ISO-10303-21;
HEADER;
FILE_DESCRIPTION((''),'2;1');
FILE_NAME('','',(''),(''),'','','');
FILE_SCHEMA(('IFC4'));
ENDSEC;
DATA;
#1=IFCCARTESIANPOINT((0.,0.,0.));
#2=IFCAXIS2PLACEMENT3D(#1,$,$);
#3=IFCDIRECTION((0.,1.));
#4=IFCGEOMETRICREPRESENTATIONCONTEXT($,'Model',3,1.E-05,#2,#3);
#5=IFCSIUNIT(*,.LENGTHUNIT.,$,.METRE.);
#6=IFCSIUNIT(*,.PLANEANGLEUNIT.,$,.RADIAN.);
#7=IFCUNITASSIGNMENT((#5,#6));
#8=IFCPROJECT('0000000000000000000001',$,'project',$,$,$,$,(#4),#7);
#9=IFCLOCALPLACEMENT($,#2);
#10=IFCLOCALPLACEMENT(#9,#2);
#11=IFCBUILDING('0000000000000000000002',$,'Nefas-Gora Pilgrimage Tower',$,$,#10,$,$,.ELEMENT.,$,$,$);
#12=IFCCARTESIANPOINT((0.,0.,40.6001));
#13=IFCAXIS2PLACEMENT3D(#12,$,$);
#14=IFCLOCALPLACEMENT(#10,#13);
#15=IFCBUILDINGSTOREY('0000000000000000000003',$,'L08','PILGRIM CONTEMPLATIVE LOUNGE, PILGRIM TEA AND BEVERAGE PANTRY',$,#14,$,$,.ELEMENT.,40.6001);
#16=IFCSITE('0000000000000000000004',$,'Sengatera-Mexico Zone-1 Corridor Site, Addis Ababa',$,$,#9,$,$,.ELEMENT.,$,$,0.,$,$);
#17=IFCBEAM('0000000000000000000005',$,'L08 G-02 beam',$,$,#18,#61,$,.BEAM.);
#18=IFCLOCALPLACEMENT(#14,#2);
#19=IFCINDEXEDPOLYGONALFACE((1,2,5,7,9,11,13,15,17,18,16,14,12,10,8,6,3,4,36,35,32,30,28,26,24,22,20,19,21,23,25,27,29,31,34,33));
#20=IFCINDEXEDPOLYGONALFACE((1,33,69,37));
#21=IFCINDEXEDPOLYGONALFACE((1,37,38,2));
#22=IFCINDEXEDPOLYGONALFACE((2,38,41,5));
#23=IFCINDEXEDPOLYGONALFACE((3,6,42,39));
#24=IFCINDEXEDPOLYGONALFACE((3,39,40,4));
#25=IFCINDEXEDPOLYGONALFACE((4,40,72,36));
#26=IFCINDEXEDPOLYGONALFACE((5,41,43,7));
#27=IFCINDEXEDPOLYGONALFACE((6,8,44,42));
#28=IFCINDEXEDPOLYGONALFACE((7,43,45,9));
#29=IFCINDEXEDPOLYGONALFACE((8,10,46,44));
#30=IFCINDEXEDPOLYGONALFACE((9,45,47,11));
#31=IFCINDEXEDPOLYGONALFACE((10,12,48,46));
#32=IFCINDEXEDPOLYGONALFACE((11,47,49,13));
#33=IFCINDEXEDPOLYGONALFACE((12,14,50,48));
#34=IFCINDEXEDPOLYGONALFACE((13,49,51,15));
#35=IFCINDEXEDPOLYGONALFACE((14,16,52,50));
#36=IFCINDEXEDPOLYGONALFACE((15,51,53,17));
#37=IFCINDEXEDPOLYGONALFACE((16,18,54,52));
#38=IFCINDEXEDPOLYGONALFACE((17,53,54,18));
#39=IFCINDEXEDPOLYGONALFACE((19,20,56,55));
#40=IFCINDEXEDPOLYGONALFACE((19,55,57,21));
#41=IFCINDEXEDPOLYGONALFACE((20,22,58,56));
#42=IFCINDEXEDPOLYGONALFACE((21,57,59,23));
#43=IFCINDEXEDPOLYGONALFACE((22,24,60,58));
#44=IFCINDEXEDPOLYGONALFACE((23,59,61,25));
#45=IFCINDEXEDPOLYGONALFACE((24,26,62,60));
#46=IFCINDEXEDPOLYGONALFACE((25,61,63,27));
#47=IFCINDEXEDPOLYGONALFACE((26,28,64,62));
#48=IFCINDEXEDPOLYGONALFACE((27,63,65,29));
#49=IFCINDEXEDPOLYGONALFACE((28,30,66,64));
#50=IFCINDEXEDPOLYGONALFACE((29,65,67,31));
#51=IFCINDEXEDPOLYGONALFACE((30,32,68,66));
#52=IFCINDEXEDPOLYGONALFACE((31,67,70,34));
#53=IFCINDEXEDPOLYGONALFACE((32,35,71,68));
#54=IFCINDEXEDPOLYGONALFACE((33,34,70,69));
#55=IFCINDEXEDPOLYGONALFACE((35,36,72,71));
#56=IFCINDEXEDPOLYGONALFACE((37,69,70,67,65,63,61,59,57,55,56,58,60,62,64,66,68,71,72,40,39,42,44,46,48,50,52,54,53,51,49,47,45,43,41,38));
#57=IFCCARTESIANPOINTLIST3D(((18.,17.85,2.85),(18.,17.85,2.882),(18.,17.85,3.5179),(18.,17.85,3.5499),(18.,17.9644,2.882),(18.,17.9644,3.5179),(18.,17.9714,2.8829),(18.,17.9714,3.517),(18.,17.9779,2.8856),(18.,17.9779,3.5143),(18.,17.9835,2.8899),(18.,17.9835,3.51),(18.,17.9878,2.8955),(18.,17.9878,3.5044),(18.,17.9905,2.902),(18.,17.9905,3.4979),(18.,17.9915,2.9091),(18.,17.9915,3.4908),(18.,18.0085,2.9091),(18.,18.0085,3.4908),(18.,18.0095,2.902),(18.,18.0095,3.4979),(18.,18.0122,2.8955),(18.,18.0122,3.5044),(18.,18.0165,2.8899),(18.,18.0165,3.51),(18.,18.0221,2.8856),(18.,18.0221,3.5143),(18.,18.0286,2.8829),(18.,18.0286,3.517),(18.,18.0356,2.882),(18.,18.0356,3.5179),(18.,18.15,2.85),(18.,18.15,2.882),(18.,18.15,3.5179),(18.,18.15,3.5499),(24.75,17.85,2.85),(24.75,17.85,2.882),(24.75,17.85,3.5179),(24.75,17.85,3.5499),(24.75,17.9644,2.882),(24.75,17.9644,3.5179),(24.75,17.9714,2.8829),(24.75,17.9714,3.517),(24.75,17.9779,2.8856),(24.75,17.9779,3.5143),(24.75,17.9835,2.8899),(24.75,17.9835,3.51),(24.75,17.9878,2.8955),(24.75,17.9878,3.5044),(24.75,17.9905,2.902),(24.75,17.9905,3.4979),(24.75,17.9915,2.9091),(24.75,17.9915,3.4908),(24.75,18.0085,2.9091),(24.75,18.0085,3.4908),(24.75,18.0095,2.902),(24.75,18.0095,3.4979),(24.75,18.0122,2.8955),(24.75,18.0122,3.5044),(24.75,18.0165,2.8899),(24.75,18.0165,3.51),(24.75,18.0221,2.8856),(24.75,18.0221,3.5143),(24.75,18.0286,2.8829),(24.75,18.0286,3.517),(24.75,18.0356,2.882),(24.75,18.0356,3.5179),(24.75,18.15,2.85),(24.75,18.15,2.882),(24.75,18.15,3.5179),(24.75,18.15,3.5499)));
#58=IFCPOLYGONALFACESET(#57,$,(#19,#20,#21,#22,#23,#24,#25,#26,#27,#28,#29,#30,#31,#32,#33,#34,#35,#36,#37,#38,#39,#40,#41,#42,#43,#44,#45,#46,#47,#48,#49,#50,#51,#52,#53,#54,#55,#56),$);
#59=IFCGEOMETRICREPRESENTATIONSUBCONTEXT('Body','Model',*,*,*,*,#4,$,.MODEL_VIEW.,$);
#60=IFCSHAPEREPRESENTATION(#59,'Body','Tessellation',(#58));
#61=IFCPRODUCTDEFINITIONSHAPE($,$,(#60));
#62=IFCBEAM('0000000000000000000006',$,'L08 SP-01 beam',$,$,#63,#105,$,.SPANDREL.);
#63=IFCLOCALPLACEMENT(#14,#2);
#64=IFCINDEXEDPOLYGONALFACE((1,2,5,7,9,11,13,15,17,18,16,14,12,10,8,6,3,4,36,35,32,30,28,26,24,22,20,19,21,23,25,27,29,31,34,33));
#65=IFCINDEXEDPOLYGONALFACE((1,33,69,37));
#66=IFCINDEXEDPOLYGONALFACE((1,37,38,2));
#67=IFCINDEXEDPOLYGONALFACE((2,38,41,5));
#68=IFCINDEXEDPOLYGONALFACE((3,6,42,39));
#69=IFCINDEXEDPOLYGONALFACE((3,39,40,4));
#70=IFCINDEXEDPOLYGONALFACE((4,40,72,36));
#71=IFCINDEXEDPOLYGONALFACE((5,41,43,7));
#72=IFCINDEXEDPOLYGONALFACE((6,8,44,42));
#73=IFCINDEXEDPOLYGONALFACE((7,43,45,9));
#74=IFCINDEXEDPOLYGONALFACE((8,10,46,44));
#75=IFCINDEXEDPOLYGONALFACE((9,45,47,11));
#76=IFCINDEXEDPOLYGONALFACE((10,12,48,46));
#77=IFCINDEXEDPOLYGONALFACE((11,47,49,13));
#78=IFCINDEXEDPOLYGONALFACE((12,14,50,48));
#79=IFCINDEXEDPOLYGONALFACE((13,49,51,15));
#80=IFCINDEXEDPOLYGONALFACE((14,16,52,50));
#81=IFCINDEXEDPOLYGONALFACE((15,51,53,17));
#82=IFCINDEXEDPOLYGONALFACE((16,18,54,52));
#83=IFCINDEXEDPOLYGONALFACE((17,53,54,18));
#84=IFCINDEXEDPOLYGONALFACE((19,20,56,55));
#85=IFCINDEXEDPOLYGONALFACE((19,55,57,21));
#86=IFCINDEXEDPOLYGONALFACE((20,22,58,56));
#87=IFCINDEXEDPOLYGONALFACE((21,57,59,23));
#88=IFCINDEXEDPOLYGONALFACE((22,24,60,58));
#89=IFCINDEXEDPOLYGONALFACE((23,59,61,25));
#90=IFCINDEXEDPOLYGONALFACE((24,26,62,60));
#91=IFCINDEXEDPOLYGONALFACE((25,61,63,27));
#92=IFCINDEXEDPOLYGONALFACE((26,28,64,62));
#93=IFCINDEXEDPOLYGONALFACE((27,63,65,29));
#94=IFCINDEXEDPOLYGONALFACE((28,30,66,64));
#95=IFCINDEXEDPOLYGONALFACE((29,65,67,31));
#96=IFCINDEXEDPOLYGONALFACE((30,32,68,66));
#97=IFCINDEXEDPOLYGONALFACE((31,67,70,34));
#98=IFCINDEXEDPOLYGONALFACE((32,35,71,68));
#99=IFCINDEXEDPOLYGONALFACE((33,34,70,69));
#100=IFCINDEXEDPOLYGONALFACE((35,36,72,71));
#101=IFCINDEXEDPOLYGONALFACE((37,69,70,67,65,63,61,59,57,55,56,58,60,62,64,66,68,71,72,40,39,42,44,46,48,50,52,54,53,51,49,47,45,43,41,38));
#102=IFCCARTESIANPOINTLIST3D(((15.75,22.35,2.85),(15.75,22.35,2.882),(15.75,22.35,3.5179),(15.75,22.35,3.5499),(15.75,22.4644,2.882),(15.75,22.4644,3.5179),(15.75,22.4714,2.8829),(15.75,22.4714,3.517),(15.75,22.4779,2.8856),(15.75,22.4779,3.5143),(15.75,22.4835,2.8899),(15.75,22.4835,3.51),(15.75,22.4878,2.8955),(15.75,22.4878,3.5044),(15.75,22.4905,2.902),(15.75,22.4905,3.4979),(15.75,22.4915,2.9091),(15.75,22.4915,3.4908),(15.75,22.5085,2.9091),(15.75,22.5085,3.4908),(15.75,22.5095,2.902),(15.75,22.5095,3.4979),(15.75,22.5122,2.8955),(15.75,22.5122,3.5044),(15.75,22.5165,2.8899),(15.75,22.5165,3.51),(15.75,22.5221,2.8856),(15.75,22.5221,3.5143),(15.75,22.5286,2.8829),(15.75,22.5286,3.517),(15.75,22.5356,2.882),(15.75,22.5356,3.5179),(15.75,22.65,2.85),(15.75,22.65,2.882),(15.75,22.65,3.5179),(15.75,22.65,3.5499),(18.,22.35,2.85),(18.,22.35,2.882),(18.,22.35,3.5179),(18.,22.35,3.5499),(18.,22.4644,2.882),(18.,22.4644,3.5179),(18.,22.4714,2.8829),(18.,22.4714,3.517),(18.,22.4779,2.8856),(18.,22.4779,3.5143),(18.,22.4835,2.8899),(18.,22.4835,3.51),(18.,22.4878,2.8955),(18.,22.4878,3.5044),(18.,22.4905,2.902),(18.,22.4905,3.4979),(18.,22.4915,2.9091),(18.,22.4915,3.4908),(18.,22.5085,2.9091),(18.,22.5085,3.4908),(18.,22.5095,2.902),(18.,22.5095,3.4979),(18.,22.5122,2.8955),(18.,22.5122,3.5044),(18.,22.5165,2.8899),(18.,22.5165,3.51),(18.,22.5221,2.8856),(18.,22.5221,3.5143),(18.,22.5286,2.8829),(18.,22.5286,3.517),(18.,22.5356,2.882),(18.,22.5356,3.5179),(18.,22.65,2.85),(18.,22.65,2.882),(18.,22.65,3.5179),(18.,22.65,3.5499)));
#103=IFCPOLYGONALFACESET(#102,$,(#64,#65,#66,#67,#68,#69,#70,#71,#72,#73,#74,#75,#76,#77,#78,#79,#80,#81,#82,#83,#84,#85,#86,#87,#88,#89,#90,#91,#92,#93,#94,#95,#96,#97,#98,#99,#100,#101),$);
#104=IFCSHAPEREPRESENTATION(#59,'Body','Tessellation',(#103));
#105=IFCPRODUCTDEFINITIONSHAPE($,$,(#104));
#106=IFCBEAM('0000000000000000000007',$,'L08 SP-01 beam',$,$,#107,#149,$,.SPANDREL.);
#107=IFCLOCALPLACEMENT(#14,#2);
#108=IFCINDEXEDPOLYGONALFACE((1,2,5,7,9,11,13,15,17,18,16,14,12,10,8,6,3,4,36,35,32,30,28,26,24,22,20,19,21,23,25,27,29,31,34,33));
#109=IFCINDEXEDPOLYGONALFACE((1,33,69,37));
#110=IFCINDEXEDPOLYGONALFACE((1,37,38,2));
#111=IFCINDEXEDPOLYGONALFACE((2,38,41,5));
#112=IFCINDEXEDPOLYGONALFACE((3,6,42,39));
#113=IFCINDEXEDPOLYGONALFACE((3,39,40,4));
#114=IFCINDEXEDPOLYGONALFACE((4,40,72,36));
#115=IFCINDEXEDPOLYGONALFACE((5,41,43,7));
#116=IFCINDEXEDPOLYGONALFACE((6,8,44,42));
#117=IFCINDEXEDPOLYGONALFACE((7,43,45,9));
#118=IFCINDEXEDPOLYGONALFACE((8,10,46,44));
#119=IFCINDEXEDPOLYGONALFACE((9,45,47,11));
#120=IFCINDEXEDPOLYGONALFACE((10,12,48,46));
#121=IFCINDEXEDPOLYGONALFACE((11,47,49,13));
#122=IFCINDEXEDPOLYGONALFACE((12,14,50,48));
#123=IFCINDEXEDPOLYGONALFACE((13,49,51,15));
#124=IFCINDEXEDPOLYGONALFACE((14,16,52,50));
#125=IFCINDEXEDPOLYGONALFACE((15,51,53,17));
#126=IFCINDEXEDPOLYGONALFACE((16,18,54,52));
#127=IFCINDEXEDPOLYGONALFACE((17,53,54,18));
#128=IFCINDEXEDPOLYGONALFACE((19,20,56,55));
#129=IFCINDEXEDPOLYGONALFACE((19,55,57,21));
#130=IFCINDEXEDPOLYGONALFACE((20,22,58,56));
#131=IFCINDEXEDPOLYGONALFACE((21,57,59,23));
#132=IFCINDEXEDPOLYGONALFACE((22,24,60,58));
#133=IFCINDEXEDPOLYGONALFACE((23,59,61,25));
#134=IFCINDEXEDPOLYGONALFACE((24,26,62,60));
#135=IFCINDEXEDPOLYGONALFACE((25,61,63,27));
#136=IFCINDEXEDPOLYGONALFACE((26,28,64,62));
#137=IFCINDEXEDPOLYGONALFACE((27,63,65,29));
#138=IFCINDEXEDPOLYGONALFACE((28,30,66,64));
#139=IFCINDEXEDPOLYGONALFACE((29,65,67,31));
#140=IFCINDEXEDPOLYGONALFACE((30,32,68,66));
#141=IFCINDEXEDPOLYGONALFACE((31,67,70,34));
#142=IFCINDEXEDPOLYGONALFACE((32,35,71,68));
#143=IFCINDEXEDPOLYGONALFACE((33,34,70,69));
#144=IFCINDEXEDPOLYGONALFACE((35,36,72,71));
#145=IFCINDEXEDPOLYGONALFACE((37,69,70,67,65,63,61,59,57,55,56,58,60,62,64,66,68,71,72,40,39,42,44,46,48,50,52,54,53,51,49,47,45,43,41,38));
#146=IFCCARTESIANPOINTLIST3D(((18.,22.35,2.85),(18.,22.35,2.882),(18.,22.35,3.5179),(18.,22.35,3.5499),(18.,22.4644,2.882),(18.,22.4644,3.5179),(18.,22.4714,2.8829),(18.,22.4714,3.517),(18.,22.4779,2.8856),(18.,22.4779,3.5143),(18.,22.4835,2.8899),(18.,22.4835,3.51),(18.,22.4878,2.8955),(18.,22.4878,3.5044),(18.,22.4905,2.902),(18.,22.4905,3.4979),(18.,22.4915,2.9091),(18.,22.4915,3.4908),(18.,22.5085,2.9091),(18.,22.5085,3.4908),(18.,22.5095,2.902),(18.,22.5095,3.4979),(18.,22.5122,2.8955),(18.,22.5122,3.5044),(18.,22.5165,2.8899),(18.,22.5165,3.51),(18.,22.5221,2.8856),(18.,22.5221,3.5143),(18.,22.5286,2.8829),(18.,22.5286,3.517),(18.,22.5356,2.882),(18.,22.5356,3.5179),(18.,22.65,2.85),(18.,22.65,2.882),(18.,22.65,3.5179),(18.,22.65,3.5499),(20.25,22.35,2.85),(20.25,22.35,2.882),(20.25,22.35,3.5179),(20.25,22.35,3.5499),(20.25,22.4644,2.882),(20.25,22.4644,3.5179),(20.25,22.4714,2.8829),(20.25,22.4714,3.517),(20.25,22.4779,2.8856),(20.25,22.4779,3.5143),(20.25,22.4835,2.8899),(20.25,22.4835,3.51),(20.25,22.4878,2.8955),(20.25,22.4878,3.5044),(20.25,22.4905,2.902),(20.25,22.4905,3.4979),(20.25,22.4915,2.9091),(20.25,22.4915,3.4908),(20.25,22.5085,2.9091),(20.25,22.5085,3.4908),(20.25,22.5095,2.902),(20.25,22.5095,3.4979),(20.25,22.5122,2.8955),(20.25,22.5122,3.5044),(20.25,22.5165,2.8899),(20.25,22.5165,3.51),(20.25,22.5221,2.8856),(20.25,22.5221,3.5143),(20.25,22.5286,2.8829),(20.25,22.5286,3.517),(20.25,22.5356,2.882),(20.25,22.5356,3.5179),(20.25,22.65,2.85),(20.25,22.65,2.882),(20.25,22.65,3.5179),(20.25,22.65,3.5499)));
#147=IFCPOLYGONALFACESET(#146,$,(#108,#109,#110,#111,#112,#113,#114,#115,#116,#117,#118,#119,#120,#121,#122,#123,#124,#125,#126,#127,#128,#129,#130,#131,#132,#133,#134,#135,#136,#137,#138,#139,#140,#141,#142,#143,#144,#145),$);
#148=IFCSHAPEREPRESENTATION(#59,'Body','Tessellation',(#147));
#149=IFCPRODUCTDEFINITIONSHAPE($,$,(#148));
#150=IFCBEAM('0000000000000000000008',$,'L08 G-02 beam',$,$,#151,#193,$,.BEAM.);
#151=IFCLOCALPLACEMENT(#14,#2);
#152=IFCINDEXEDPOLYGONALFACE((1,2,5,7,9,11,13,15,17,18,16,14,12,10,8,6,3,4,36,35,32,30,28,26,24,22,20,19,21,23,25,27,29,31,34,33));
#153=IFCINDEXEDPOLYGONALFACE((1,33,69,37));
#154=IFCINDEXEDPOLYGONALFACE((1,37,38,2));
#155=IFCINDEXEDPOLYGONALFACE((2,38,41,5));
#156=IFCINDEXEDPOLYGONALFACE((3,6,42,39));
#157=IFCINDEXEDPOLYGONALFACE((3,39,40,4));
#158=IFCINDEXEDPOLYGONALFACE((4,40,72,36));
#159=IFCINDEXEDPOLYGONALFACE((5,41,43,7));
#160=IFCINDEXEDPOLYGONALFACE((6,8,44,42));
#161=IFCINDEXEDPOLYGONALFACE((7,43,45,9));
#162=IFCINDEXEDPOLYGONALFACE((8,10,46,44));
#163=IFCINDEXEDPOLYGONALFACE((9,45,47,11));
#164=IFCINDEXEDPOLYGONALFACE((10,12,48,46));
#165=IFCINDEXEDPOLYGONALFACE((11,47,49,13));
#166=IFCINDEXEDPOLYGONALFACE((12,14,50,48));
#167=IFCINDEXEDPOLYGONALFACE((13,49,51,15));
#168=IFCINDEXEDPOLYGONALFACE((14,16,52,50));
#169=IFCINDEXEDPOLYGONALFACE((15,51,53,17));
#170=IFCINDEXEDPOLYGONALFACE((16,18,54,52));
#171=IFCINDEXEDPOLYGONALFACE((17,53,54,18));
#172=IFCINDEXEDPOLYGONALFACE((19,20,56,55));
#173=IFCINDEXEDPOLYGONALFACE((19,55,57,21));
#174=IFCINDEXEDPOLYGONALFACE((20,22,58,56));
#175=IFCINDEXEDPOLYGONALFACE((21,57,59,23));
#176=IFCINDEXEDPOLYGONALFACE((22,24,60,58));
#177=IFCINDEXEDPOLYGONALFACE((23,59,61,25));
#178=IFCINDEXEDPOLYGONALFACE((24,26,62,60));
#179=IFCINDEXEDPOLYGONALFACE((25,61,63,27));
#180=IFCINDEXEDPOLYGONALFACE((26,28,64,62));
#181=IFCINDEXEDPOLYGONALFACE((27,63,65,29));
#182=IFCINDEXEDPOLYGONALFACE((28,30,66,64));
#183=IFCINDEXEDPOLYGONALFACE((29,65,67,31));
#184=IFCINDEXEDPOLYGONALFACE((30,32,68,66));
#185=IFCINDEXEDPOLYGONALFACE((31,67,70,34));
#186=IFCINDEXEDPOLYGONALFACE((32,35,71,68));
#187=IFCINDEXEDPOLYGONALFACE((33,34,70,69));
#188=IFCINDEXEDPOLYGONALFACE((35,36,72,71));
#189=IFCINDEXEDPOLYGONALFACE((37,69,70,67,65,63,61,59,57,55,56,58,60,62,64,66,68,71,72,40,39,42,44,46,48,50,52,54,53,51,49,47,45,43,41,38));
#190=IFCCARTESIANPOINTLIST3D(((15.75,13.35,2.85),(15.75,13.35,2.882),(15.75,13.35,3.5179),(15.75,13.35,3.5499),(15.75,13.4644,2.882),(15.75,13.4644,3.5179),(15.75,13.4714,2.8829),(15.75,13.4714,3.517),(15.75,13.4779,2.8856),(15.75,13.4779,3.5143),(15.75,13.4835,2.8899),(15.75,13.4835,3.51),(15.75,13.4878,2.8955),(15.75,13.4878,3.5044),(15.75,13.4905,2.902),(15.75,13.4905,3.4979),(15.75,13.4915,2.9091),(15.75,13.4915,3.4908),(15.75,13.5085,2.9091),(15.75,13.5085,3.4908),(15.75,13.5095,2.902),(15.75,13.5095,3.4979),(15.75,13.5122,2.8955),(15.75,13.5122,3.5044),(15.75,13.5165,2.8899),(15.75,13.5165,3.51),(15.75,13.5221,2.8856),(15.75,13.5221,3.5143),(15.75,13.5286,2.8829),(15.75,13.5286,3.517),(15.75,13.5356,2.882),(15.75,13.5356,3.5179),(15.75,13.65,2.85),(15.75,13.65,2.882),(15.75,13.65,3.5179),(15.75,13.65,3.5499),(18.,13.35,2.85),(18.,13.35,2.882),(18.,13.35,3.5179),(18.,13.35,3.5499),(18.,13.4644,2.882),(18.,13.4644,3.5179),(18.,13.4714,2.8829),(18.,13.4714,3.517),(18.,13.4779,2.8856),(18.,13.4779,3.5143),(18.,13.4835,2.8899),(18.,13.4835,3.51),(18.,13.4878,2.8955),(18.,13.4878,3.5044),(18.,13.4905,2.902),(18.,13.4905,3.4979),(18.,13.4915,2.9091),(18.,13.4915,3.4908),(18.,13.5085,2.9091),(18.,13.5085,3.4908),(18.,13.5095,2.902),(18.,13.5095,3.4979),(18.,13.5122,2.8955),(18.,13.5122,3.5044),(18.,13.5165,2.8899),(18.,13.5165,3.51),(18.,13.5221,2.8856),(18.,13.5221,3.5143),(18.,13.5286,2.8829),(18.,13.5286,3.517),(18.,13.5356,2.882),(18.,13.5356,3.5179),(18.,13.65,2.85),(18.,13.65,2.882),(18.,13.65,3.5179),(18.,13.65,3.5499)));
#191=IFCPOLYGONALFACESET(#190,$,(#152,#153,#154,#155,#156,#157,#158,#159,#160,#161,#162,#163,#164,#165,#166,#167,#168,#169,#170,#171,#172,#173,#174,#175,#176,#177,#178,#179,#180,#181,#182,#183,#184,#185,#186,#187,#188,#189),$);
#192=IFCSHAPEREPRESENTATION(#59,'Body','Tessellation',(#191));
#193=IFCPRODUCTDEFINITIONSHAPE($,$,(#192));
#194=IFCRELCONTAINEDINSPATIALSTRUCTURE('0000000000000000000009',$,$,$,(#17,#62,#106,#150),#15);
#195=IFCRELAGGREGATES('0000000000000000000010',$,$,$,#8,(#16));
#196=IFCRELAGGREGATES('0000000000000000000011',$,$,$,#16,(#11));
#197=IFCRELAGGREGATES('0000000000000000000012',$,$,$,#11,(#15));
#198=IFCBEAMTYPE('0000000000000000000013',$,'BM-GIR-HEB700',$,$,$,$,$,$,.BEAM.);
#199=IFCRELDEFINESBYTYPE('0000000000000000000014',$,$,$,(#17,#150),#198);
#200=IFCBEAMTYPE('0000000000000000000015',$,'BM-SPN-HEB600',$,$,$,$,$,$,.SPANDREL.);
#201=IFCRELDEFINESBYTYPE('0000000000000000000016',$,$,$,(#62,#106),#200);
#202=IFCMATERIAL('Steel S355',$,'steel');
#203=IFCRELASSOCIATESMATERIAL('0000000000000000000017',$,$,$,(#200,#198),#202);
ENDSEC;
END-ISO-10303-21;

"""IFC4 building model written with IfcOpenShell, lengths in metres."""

from ifc_helpers import new_model, si_unit, direction, frame, origin, origin_2d, place, context, subcontext, project, spatial, i_section, extrude, source, transform, mapped, material, material_profile, profile_set, type_object, element, save


model = new_model("IFC4")

# Units and contexts
model_context = context("Model", 3, precision=1e-05, world=origin(), true_north=direction((0.0, 1.0)))
body_context = subcontext(model_context, "Body", "Model", "MODEL_VIEW")
ifc_project = project(units=[si_unit("LENGTHUNIT", "METRE"), si_unit("PLANEANGLEUNIT", "RADIAN")], contexts=[model_context])

# Site, building, storey
site_placement = place(None, origin())
site = spatial("IfcSite", under=ifc_project, at=site_placement, Name="Sengatera-Mexico Zone-1 Corridor Site, Addis Ababa", CompositionType="ELEMENT", RefElevation=0.0)
building_placement = place(site_placement, origin())
building = spatial("IfcBuilding", under=site, at=building_placement, Name="Nefas-Gora Pilgrimage Tower", CompositionType="ELEMENT")
storey_placement = place(building_placement, frame((0.0, 0.0, 40.6001)))
storey = spatial("IfcBuildingStorey", under=building, at=storey_placement, Name="L08", Description="PILGRIM CONTEMPLATIVE LOUNGE, PILGRIM TEA AND BEVERAGE PANTRY", CompositionType="ELEMENT", Elevation=40.6001)

# Beams
ifc_material_1 = material(Name="Steel S355", Category="steel")
ifc_material_profile_1 = material_profile(ifc_material_1, i_section(OverallWidth=0.3, OverallDepth=0.7, WebThickness=0.0171, FlangeThickness=0.032, FilletRadius=0.0271, at=origin_2d()), Name="HEB 700")
ifc_profile_set_1 = profile_set([ifc_material_profile_1], Name="Steel S355")
beam_type_1 = type_object("IfcBeamType", Name="BM-SPN-HEB600", PredefinedType="SPANDREL", material=ifc_profile_set_1)
ifc_material_profile_2 = material_profile(ifc_material_1, i_section(OverallWidth=0.3, OverallDepth=0.7, WebThickness=0.0171, FlangeThickness=0.032, FilletRadius=0.0271, at=origin_2d()), Name="HEB 700")
ifc_profile_set_2 = profile_set([ifc_material_profile_2], Name="Steel S355")
beam_type_2 = type_object("IfcBeamType", Name="BM-GIR-HEB700", PredefinedType="BEAM", material=ifc_profile_set_2)
shared_shape_1 = source(origin(), body_context, "Body", "SweptSolid", [
    extrude(i_section(OverallWidth=0.3, OverallDepth=0.7, WebThickness=0.0171, FlangeThickness=0.032, FilletRadius=0.0271, at=origin_2d()), origin(), (0.0, 0.0, 1.0), 6.75),
])
for number, where, z_axis, x_axis, name in (
    (1, (18.0, 18.0, 3.2), (1.0, 0.0, 0.0), (0.0, 1.0, 0.0), "L08 G-02 beam"),
):
    element("IfcBeam", number, at=place(storey_placement, frame(where, z_axis=z_axis, x_axis=x_axis)), inside=storey, type_object=beam_type_2, Name=name, PredefinedType="BEAM", context=body_context, shape_type="MappedRepresentation", body=[
        mapped(shared_shape_1, transform((0.0, 0.0, 0.0), x_axis=(1.0, 0.0, 0.0), y_axis=(0.0, 1.0, 0.0), z_axis=(0.0, 0.0, 1.0), scale=1.0)),
    ])
shared_shape_2 = source(origin(), body_context, "Body", "SweptSolid", [
    extrude(i_section(OverallWidth=0.3, OverallDepth=0.7, WebThickness=0.0171, FlangeThickness=0.032, FilletRadius=0.0271, at=origin_2d()), origin(), (0.0, 0.0, 1.0), 2.25),
])
for number, where, z_axis, x_axis, name in (
    (2, (15.75, 22.5, 3.2), (1.0, 0.0, 0.0), (0.0, 1.0, 0.0), "L08 SP-01 beam"),
    (3, (18.0, 22.5, 3.2), (1.0, 0.0, 0.0), (0.0, 1.0, 0.0), "L08 SP-01 beam"),
):
    element("IfcBeam", number, at=place(storey_placement, frame(where, z_axis=z_axis, x_axis=x_axis)), inside=storey, type_object=beam_type_1, Name=name, PredefinedType="SPANDREL", context=body_context, shape_type="MappedRepresentation", body=[
        mapped(shared_shape_2, transform((0.0, 0.0, 0.0), x_axis=(1.0, 0.0, 0.0), y_axis=(0.0, 1.0, 0.0), z_axis=(0.0, 0.0, 1.0), scale=1.0)),
    ])
shared_shape_3 = source(origin(), body_context, "Body", "SweptSolid", [
    extrude(i_section(OverallWidth=0.3, OverallDepth=0.7, WebThickness=0.0171, FlangeThickness=0.032, FilletRadius=0.0271, at=origin_2d()), origin(), (0.0, 0.0, 1.0), 2.25),
])
beam_1_placement = place(storey_placement, frame((15.75, 13.5, 3.2), z_axis=(1.0, 0.0, 0.0), x_axis=(0.0, 1.0, 0.0)))
element("IfcBeam", 4, at=beam_1_placement, inside=storey, type_object=beam_type_2, Name="L08 G-02 beam", PredefinedType="BEAM", context=body_context, shape_type="MappedRepresentation", body=[
    mapped(shared_shape_3, transform((0.0, 0.0, 0.0), x_axis=(1.0, 0.0, 0.0), y_axis=(0.0, 1.0, 0.0), z_axis=(0.0, 0.0, 1.0), scale=1.0)),
])

save(model, "model.ifc")
